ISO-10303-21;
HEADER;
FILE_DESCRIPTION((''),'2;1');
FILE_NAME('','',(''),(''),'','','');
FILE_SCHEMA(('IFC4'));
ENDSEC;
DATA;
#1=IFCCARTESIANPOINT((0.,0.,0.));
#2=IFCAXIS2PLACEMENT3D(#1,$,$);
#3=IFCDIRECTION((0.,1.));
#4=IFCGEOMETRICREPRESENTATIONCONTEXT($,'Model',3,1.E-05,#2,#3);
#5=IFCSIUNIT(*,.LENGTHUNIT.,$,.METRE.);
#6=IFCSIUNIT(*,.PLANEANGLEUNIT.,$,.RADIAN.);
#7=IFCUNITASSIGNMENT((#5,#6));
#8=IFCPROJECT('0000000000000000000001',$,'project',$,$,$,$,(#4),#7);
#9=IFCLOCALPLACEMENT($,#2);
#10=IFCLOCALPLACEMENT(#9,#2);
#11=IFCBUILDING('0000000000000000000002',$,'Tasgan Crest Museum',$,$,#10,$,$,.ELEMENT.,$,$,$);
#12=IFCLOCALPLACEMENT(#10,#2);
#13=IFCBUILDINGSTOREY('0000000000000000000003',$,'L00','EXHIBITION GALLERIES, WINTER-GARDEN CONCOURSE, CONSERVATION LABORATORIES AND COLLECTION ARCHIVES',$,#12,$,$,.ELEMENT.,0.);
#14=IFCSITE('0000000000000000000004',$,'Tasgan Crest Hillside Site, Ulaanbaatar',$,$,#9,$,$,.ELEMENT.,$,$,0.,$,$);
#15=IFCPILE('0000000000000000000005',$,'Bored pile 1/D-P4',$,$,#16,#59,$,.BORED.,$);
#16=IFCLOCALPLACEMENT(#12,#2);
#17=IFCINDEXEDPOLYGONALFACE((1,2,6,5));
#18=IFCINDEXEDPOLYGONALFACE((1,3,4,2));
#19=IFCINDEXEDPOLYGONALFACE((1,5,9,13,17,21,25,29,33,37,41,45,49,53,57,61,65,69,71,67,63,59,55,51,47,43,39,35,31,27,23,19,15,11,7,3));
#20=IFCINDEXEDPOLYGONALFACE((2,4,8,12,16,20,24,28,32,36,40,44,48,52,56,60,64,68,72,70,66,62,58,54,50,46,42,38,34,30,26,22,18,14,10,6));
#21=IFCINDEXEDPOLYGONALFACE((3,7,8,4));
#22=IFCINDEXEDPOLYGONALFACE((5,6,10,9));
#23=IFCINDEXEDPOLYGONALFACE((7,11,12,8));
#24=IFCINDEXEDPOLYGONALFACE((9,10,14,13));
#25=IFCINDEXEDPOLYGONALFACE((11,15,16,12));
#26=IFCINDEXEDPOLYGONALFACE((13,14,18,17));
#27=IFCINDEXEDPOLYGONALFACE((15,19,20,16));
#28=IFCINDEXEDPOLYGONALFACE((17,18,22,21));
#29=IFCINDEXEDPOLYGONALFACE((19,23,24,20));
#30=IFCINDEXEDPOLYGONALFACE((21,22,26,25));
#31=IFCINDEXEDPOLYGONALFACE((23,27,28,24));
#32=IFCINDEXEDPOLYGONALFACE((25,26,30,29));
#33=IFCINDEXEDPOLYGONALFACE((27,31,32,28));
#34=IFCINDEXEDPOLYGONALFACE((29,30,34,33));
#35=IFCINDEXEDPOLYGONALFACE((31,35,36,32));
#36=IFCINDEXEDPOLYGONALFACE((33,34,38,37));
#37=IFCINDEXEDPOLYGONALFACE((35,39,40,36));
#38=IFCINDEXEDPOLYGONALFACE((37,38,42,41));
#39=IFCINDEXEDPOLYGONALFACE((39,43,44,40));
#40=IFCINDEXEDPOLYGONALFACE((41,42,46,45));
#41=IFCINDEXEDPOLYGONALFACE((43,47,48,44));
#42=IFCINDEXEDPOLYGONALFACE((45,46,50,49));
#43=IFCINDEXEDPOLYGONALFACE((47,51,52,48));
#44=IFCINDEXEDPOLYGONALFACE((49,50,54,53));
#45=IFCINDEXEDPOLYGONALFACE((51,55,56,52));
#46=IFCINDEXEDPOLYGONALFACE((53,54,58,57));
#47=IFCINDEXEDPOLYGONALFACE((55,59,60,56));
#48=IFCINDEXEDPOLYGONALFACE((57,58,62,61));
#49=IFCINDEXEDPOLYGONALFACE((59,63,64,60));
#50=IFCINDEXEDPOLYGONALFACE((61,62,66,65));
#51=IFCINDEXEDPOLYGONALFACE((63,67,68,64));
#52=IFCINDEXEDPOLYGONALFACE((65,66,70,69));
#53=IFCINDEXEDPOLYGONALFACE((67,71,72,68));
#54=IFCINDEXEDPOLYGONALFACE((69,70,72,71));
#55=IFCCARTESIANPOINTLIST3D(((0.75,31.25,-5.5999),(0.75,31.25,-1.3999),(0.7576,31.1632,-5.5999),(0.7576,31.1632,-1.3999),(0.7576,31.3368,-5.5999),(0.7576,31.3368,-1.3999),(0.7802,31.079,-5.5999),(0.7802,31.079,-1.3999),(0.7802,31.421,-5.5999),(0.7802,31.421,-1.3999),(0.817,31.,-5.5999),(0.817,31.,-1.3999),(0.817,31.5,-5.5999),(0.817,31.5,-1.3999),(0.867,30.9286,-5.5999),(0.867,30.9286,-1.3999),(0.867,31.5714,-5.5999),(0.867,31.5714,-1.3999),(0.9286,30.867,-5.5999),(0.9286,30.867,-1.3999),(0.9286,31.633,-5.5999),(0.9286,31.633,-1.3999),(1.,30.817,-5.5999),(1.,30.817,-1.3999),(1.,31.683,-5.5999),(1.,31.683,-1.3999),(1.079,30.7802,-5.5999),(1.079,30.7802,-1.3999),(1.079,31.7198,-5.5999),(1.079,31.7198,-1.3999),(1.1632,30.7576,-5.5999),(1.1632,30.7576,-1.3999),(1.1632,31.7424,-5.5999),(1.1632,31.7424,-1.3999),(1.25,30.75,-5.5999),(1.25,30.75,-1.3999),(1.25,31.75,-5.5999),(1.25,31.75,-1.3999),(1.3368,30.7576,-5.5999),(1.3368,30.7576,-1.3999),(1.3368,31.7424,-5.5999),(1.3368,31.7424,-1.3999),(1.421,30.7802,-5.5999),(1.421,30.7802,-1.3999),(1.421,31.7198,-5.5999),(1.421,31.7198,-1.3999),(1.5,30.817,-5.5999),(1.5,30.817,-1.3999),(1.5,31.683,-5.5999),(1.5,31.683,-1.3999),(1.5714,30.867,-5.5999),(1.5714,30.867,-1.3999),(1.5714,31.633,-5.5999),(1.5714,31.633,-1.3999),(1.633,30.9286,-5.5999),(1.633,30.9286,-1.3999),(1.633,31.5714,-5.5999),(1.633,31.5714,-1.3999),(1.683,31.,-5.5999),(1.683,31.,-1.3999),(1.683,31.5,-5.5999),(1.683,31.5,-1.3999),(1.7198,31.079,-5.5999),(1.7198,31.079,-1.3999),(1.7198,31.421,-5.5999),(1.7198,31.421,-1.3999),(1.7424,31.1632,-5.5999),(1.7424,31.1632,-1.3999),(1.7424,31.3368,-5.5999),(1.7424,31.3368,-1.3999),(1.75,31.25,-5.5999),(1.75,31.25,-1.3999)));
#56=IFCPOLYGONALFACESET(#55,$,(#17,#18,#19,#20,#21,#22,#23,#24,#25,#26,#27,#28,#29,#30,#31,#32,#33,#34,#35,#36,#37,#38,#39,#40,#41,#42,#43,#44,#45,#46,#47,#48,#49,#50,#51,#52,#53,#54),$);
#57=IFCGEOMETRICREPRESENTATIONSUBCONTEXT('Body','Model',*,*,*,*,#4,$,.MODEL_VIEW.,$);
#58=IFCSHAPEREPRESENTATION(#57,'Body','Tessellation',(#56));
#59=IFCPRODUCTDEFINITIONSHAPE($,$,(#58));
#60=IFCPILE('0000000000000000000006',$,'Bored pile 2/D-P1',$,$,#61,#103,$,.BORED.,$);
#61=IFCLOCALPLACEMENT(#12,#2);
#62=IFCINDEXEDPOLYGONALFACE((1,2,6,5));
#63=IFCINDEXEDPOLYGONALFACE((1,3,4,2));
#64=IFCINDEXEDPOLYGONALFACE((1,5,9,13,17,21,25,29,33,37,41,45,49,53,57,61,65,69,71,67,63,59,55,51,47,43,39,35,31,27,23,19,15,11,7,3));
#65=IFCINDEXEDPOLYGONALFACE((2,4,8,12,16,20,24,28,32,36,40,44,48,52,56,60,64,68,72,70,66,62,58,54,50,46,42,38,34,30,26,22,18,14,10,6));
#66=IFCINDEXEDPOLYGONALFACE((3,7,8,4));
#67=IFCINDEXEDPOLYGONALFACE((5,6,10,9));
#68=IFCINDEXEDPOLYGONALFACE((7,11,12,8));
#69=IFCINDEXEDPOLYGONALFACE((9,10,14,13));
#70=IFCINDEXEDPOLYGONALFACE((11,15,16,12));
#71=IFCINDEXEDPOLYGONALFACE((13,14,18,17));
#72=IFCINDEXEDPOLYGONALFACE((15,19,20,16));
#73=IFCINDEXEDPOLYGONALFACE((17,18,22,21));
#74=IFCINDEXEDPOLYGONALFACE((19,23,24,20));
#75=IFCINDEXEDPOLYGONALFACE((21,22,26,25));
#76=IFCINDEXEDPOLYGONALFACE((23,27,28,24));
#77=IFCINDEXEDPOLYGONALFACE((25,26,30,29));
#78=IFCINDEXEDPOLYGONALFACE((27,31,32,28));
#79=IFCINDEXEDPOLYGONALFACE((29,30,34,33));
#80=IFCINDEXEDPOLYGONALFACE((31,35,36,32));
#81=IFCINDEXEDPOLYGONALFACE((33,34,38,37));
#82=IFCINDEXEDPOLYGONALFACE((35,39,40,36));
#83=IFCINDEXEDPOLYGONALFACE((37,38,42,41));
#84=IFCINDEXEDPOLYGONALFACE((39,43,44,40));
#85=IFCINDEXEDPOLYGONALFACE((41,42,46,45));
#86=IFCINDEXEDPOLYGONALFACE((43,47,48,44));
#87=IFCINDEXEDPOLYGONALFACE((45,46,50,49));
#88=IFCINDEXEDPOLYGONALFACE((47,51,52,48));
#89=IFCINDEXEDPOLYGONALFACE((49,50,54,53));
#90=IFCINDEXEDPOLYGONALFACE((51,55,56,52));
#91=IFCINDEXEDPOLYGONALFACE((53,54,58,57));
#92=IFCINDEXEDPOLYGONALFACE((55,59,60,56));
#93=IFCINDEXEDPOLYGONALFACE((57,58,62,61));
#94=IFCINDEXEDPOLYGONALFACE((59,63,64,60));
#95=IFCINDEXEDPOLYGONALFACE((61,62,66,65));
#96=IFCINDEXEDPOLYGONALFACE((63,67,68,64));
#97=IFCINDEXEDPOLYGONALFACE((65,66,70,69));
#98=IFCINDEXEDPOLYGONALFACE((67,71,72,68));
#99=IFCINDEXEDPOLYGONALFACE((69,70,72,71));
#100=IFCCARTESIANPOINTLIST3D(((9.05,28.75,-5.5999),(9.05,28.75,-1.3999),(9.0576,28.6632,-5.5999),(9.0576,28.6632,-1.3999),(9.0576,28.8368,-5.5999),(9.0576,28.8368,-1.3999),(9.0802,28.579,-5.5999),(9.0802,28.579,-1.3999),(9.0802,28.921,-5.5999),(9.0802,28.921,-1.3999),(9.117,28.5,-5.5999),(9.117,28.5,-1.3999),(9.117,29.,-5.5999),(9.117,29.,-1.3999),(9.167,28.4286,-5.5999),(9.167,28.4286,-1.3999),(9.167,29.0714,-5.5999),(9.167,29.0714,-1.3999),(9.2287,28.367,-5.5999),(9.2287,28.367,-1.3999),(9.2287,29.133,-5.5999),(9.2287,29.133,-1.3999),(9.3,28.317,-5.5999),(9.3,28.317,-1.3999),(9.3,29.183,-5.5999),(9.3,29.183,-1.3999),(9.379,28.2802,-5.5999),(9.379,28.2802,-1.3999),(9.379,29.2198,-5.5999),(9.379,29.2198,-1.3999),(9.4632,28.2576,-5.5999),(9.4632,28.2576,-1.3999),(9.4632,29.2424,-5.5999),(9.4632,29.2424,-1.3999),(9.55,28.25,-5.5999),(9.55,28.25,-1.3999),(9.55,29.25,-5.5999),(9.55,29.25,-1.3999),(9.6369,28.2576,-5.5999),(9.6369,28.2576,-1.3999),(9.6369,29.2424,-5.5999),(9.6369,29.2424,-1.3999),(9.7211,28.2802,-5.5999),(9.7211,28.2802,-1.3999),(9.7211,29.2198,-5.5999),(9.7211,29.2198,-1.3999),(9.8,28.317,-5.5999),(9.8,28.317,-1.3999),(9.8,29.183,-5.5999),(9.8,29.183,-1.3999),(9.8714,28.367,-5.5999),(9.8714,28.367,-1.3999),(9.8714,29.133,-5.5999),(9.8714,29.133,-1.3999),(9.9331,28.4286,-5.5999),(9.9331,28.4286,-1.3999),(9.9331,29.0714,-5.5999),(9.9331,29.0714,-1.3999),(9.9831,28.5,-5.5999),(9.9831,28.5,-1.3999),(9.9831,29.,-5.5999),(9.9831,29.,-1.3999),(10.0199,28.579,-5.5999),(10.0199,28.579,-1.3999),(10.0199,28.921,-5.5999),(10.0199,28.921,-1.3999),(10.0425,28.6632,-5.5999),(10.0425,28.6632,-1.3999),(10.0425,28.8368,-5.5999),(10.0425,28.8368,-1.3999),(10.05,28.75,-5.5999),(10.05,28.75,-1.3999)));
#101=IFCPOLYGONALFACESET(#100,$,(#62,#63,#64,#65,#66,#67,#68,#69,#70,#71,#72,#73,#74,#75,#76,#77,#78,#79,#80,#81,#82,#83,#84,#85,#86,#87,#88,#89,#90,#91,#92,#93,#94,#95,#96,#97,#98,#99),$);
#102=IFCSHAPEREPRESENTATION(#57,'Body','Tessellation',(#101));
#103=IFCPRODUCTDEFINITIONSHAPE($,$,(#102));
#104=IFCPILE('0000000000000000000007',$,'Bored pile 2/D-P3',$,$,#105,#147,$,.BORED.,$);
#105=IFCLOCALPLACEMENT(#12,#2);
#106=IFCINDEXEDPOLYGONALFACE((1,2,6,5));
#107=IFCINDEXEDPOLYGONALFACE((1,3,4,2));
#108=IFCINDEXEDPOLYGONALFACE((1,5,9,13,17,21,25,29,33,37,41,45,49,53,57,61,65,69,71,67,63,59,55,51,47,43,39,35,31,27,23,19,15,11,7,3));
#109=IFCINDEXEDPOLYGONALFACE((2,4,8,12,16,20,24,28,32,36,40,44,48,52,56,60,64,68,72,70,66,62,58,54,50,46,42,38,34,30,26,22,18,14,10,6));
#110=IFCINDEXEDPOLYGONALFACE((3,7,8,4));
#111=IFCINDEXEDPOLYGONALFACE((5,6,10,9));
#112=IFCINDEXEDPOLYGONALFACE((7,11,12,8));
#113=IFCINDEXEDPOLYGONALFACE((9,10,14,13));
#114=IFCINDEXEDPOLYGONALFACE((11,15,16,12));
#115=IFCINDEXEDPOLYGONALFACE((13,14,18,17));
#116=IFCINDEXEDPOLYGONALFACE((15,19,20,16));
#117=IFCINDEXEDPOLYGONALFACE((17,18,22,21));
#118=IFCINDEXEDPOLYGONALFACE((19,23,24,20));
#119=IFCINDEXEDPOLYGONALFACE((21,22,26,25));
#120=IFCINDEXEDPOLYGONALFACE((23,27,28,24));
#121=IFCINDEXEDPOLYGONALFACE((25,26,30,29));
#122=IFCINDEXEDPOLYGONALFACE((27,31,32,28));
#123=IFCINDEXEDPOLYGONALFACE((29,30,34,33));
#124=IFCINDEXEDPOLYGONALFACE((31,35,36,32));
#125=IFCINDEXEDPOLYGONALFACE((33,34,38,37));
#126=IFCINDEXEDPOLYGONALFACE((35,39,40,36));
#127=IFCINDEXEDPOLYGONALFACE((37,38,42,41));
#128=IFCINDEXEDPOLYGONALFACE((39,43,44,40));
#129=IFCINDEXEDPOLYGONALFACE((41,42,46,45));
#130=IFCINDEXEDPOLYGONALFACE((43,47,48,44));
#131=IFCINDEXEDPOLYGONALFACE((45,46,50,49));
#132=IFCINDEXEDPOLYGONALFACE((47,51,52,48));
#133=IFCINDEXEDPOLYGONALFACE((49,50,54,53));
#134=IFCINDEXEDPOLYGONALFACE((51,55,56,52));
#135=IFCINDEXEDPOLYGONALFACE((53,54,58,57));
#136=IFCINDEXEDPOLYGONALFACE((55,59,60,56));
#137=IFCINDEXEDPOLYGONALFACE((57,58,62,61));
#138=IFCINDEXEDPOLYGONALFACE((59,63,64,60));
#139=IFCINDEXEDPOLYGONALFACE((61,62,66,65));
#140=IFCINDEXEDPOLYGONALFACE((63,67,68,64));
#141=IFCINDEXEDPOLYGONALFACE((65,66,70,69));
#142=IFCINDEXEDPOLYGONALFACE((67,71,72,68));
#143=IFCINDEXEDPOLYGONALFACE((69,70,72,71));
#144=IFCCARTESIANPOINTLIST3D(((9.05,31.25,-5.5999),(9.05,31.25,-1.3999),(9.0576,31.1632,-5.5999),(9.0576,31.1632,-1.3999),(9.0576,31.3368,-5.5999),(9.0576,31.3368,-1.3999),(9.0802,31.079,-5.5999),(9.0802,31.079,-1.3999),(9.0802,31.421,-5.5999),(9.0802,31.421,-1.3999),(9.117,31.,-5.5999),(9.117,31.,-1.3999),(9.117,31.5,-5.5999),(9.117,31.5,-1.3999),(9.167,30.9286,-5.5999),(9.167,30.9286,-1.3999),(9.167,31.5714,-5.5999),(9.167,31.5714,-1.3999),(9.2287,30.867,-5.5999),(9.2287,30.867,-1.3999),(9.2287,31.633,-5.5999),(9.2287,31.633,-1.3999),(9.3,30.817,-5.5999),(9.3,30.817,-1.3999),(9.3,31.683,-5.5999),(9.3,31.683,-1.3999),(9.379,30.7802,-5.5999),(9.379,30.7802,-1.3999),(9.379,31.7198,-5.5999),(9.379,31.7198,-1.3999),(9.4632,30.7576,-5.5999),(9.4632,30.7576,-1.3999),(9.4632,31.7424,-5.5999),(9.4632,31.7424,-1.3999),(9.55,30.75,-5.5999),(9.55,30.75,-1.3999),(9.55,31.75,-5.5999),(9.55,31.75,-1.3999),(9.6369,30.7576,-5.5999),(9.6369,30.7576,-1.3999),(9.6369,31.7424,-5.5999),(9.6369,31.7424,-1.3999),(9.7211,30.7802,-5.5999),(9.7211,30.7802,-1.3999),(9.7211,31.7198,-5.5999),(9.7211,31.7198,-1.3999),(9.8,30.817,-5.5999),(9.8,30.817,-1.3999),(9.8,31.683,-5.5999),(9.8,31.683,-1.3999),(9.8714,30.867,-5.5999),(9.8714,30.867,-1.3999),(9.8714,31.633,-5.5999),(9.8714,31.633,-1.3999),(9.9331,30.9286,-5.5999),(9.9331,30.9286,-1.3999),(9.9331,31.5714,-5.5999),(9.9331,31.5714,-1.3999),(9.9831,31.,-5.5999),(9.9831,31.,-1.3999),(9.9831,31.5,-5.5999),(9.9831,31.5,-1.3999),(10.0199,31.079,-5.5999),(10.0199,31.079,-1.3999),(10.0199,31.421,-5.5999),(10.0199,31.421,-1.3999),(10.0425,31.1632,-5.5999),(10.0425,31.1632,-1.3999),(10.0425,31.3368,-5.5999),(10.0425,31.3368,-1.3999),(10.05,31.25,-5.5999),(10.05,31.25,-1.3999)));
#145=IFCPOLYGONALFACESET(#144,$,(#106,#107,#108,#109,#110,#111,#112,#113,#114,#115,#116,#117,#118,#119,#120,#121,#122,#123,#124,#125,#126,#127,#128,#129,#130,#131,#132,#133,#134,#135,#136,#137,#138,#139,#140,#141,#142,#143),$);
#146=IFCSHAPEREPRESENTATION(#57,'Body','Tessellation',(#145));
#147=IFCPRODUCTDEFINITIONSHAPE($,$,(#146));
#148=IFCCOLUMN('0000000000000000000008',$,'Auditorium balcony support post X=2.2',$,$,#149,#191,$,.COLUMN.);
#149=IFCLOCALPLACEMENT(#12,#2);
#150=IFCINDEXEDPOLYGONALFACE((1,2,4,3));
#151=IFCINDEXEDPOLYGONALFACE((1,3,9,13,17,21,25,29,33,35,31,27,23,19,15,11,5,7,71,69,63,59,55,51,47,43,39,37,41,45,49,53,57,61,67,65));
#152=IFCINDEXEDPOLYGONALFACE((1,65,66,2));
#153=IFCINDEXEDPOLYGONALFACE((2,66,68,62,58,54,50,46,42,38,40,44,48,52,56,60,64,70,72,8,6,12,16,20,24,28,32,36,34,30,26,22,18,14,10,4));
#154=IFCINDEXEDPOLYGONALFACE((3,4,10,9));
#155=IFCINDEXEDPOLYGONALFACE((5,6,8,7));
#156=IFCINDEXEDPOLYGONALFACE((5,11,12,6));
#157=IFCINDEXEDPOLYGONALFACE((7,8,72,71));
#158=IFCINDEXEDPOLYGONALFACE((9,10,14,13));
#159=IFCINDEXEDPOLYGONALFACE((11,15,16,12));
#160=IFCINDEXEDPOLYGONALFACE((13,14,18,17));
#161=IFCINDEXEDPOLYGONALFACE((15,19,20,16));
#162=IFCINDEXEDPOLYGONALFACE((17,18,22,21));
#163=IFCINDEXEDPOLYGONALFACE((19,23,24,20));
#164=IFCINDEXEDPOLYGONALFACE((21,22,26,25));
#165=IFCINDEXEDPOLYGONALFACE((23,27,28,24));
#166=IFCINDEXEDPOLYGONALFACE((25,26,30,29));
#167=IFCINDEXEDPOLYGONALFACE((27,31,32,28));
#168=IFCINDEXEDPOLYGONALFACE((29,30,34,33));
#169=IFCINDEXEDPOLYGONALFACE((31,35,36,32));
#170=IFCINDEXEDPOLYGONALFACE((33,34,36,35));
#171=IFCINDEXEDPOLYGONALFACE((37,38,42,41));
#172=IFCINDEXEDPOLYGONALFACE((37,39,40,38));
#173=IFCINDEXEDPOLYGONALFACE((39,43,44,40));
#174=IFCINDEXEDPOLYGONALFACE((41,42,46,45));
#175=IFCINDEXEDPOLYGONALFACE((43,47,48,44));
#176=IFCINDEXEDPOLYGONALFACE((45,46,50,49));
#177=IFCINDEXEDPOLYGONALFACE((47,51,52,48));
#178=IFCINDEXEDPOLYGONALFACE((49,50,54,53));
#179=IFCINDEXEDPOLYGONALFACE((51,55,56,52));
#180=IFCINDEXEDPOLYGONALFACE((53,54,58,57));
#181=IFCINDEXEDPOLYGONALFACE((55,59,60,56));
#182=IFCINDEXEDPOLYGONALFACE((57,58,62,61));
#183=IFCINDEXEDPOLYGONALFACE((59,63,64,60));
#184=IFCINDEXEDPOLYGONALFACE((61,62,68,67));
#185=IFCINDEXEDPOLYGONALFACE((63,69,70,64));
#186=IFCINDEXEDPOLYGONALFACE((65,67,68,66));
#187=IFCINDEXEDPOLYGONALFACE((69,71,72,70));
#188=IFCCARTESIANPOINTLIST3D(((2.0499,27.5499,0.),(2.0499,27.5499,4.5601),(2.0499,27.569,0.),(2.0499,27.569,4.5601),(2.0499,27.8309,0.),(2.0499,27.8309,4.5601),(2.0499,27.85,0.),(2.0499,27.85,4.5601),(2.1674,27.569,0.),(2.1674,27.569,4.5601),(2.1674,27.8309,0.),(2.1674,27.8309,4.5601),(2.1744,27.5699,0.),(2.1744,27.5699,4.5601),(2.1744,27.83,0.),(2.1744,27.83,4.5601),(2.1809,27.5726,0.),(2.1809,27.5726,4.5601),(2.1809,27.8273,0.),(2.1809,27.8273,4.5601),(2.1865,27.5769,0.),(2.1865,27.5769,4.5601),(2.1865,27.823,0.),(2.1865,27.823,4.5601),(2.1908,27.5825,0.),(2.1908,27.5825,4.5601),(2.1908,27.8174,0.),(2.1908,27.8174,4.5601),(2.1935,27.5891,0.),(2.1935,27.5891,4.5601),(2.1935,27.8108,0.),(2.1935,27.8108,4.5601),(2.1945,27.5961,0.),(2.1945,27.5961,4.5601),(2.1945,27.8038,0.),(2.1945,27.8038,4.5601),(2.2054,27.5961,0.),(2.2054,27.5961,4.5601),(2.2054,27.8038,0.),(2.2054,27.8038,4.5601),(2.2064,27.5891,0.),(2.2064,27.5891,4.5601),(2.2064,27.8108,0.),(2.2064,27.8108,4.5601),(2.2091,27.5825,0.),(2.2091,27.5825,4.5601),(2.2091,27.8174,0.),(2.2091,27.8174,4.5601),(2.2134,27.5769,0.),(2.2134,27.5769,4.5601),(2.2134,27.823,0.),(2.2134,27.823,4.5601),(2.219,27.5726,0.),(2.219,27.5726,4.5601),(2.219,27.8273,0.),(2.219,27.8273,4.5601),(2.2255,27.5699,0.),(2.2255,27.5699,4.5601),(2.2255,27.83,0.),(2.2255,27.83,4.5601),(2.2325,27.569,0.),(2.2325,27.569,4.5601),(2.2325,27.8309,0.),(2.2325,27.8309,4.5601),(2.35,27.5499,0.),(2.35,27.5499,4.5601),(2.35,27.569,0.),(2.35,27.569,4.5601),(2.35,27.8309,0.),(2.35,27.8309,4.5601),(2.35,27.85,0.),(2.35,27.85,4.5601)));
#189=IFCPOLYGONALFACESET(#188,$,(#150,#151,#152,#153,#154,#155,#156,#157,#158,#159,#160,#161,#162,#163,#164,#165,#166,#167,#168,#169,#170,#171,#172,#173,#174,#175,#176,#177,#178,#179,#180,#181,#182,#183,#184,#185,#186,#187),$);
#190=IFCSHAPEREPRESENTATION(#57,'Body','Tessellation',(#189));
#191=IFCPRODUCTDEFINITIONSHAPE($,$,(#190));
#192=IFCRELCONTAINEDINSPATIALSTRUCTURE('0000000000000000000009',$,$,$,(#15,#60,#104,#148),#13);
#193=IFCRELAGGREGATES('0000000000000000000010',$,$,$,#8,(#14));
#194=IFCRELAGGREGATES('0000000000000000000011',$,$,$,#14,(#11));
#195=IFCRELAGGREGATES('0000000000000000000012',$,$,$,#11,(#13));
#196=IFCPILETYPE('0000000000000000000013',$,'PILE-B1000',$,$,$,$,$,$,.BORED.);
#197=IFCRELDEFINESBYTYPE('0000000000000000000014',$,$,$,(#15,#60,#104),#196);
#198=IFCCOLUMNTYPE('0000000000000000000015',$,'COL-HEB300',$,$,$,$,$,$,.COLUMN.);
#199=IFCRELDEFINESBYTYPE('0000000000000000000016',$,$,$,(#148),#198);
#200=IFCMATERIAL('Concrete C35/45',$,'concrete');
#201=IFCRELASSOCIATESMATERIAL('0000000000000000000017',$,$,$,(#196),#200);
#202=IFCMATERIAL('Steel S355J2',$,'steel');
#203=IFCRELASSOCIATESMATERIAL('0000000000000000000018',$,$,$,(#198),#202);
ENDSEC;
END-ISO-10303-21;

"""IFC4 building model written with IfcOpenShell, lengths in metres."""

from ifc_helpers import new_model, si_unit, direction, frame, origin, origin_2d, place, context, subcontext, project, spatial, circle, i_section, extrude, material, material_profile, profile_set, type_object, element, save


model = new_model("IFC4")

# Units and contexts
model_context = context("Model", 3, precision=1e-05, world=origin(), true_north=direction((0.0, 1.0)))
body_context = subcontext(model_context, "Body", "Model", "MODEL_VIEW")
ifc_project = project(units=[si_unit("LENGTHUNIT", "METRE"), si_unit("PLANEANGLEUNIT", "RADIAN")], contexts=[model_context])

# Site, building, storey
site_placement = place(None, origin())
site = spatial("IfcSite", under=ifc_project, at=site_placement, Name="Tasgan Crest Hillside Site, Ulaanbaatar", CompositionType="ELEMENT", RefElevation=0.0)
building_placement = place(site_placement, origin())
building = spatial("IfcBuilding", under=site, at=building_placement, Name="Tasgan Crest Museum", CompositionType="ELEMENT")
storey_placement = place(building_placement, origin())
storey = spatial("IfcBuildingStorey", under=building, at=storey_placement, Name="L00", Description="EXHIBITION GALLERIES, WINTER-GARDEN CONCOURSE, CONSERVATION LABORATORIES AND COLLECTION ARCHIVES", CompositionType="ELEMENT", Elevation=0.0)

# Piles
ifc_material_1 = material(Name="Concrete C35/45", Category="concrete")
ifc_material_profile_1 = material_profile(ifc_material_1, circle(Radius=0.5, at=origin_2d()), Name="PILE D1000")
ifc_profile_set_1 = profile_set([ifc_material_profile_1], Name="Concrete C35/45")
pile_type = type_object("IfcPileType", Name="PILE-B1000", PredefinedType="BORED", material=ifc_profile_set_1)
for number, where, z_axis, x_axis, name in (
    (1, (1.25, 31.25, -1.3999), (0.0, 0.0, -1.0), (1.0, 0.0, 0.0), "Bored pile 1/D-P4"),
    (2, (9.55, 28.75, -1.3999), (0.0, 0.0, -1.0), (1.0, 0.0, 0.0), "Bored pile 2/D-P1"),
    (3, (9.55, 31.25, -1.3999), (0.0, 0.0, -1.0), (1.0, 0.0, 0.0), "Bored pile 2/D-P3"),
):
    element("IfcPile", number, at=place(storey_placement, frame(where, z_axis=z_axis, x_axis=x_axis)), inside=storey, type_object=pile_type, Name=name, PredefinedType="BORED", context=body_context, shape_type="SweptSolid", body=[
        extrude(circle(Radius=0.5, at=origin_2d()), origin(), (0.0, 0.0, 1.0), 4.2),
    ])

# Column
ifc_material_2 = material(Name="Steel S355J2", Category="steel")
ifc_material_profile_2 = material_profile(ifc_material_2, i_section(OverallWidth=0.3, OverallDepth=0.3, WebThickness=0.011, FlangeThickness=0.019, FilletRadius=0.0271, at=origin_2d()), Name="HEB 300")
ifc_profile_set_2 = profile_set([ifc_material_profile_2], Name="Steel S355J2")
column_type_1 = type_object("IfcColumnType", Name="COL-HEB300", PredefinedType="COLUMN", material=ifc_profile_set_2)
column_1_placement = place(storey_placement, frame((2.2, 27.7, 0.0), z_axis=(0.0, 0.0, 1.0), x_axis=(1.0, 0.0, 0.0)))
element("IfcColumn", 4, at=column_1_placement, inside=storey, type_object=column_type_1, Name="Auditorium balcony support post X=2.2", PredefinedType="COLUMN", context=body_context, shape_type="SweptSolid", body=[
    extrude(i_section(OverallWidth=0.3, OverallDepth=0.3, WebThickness=0.011, FlangeThickness=0.019, FilletRadius=0.0271, at=origin_2d()), origin(), (0.0, 0.0, 1.0), 4.5601),
])

save(model, "model.ifc")
